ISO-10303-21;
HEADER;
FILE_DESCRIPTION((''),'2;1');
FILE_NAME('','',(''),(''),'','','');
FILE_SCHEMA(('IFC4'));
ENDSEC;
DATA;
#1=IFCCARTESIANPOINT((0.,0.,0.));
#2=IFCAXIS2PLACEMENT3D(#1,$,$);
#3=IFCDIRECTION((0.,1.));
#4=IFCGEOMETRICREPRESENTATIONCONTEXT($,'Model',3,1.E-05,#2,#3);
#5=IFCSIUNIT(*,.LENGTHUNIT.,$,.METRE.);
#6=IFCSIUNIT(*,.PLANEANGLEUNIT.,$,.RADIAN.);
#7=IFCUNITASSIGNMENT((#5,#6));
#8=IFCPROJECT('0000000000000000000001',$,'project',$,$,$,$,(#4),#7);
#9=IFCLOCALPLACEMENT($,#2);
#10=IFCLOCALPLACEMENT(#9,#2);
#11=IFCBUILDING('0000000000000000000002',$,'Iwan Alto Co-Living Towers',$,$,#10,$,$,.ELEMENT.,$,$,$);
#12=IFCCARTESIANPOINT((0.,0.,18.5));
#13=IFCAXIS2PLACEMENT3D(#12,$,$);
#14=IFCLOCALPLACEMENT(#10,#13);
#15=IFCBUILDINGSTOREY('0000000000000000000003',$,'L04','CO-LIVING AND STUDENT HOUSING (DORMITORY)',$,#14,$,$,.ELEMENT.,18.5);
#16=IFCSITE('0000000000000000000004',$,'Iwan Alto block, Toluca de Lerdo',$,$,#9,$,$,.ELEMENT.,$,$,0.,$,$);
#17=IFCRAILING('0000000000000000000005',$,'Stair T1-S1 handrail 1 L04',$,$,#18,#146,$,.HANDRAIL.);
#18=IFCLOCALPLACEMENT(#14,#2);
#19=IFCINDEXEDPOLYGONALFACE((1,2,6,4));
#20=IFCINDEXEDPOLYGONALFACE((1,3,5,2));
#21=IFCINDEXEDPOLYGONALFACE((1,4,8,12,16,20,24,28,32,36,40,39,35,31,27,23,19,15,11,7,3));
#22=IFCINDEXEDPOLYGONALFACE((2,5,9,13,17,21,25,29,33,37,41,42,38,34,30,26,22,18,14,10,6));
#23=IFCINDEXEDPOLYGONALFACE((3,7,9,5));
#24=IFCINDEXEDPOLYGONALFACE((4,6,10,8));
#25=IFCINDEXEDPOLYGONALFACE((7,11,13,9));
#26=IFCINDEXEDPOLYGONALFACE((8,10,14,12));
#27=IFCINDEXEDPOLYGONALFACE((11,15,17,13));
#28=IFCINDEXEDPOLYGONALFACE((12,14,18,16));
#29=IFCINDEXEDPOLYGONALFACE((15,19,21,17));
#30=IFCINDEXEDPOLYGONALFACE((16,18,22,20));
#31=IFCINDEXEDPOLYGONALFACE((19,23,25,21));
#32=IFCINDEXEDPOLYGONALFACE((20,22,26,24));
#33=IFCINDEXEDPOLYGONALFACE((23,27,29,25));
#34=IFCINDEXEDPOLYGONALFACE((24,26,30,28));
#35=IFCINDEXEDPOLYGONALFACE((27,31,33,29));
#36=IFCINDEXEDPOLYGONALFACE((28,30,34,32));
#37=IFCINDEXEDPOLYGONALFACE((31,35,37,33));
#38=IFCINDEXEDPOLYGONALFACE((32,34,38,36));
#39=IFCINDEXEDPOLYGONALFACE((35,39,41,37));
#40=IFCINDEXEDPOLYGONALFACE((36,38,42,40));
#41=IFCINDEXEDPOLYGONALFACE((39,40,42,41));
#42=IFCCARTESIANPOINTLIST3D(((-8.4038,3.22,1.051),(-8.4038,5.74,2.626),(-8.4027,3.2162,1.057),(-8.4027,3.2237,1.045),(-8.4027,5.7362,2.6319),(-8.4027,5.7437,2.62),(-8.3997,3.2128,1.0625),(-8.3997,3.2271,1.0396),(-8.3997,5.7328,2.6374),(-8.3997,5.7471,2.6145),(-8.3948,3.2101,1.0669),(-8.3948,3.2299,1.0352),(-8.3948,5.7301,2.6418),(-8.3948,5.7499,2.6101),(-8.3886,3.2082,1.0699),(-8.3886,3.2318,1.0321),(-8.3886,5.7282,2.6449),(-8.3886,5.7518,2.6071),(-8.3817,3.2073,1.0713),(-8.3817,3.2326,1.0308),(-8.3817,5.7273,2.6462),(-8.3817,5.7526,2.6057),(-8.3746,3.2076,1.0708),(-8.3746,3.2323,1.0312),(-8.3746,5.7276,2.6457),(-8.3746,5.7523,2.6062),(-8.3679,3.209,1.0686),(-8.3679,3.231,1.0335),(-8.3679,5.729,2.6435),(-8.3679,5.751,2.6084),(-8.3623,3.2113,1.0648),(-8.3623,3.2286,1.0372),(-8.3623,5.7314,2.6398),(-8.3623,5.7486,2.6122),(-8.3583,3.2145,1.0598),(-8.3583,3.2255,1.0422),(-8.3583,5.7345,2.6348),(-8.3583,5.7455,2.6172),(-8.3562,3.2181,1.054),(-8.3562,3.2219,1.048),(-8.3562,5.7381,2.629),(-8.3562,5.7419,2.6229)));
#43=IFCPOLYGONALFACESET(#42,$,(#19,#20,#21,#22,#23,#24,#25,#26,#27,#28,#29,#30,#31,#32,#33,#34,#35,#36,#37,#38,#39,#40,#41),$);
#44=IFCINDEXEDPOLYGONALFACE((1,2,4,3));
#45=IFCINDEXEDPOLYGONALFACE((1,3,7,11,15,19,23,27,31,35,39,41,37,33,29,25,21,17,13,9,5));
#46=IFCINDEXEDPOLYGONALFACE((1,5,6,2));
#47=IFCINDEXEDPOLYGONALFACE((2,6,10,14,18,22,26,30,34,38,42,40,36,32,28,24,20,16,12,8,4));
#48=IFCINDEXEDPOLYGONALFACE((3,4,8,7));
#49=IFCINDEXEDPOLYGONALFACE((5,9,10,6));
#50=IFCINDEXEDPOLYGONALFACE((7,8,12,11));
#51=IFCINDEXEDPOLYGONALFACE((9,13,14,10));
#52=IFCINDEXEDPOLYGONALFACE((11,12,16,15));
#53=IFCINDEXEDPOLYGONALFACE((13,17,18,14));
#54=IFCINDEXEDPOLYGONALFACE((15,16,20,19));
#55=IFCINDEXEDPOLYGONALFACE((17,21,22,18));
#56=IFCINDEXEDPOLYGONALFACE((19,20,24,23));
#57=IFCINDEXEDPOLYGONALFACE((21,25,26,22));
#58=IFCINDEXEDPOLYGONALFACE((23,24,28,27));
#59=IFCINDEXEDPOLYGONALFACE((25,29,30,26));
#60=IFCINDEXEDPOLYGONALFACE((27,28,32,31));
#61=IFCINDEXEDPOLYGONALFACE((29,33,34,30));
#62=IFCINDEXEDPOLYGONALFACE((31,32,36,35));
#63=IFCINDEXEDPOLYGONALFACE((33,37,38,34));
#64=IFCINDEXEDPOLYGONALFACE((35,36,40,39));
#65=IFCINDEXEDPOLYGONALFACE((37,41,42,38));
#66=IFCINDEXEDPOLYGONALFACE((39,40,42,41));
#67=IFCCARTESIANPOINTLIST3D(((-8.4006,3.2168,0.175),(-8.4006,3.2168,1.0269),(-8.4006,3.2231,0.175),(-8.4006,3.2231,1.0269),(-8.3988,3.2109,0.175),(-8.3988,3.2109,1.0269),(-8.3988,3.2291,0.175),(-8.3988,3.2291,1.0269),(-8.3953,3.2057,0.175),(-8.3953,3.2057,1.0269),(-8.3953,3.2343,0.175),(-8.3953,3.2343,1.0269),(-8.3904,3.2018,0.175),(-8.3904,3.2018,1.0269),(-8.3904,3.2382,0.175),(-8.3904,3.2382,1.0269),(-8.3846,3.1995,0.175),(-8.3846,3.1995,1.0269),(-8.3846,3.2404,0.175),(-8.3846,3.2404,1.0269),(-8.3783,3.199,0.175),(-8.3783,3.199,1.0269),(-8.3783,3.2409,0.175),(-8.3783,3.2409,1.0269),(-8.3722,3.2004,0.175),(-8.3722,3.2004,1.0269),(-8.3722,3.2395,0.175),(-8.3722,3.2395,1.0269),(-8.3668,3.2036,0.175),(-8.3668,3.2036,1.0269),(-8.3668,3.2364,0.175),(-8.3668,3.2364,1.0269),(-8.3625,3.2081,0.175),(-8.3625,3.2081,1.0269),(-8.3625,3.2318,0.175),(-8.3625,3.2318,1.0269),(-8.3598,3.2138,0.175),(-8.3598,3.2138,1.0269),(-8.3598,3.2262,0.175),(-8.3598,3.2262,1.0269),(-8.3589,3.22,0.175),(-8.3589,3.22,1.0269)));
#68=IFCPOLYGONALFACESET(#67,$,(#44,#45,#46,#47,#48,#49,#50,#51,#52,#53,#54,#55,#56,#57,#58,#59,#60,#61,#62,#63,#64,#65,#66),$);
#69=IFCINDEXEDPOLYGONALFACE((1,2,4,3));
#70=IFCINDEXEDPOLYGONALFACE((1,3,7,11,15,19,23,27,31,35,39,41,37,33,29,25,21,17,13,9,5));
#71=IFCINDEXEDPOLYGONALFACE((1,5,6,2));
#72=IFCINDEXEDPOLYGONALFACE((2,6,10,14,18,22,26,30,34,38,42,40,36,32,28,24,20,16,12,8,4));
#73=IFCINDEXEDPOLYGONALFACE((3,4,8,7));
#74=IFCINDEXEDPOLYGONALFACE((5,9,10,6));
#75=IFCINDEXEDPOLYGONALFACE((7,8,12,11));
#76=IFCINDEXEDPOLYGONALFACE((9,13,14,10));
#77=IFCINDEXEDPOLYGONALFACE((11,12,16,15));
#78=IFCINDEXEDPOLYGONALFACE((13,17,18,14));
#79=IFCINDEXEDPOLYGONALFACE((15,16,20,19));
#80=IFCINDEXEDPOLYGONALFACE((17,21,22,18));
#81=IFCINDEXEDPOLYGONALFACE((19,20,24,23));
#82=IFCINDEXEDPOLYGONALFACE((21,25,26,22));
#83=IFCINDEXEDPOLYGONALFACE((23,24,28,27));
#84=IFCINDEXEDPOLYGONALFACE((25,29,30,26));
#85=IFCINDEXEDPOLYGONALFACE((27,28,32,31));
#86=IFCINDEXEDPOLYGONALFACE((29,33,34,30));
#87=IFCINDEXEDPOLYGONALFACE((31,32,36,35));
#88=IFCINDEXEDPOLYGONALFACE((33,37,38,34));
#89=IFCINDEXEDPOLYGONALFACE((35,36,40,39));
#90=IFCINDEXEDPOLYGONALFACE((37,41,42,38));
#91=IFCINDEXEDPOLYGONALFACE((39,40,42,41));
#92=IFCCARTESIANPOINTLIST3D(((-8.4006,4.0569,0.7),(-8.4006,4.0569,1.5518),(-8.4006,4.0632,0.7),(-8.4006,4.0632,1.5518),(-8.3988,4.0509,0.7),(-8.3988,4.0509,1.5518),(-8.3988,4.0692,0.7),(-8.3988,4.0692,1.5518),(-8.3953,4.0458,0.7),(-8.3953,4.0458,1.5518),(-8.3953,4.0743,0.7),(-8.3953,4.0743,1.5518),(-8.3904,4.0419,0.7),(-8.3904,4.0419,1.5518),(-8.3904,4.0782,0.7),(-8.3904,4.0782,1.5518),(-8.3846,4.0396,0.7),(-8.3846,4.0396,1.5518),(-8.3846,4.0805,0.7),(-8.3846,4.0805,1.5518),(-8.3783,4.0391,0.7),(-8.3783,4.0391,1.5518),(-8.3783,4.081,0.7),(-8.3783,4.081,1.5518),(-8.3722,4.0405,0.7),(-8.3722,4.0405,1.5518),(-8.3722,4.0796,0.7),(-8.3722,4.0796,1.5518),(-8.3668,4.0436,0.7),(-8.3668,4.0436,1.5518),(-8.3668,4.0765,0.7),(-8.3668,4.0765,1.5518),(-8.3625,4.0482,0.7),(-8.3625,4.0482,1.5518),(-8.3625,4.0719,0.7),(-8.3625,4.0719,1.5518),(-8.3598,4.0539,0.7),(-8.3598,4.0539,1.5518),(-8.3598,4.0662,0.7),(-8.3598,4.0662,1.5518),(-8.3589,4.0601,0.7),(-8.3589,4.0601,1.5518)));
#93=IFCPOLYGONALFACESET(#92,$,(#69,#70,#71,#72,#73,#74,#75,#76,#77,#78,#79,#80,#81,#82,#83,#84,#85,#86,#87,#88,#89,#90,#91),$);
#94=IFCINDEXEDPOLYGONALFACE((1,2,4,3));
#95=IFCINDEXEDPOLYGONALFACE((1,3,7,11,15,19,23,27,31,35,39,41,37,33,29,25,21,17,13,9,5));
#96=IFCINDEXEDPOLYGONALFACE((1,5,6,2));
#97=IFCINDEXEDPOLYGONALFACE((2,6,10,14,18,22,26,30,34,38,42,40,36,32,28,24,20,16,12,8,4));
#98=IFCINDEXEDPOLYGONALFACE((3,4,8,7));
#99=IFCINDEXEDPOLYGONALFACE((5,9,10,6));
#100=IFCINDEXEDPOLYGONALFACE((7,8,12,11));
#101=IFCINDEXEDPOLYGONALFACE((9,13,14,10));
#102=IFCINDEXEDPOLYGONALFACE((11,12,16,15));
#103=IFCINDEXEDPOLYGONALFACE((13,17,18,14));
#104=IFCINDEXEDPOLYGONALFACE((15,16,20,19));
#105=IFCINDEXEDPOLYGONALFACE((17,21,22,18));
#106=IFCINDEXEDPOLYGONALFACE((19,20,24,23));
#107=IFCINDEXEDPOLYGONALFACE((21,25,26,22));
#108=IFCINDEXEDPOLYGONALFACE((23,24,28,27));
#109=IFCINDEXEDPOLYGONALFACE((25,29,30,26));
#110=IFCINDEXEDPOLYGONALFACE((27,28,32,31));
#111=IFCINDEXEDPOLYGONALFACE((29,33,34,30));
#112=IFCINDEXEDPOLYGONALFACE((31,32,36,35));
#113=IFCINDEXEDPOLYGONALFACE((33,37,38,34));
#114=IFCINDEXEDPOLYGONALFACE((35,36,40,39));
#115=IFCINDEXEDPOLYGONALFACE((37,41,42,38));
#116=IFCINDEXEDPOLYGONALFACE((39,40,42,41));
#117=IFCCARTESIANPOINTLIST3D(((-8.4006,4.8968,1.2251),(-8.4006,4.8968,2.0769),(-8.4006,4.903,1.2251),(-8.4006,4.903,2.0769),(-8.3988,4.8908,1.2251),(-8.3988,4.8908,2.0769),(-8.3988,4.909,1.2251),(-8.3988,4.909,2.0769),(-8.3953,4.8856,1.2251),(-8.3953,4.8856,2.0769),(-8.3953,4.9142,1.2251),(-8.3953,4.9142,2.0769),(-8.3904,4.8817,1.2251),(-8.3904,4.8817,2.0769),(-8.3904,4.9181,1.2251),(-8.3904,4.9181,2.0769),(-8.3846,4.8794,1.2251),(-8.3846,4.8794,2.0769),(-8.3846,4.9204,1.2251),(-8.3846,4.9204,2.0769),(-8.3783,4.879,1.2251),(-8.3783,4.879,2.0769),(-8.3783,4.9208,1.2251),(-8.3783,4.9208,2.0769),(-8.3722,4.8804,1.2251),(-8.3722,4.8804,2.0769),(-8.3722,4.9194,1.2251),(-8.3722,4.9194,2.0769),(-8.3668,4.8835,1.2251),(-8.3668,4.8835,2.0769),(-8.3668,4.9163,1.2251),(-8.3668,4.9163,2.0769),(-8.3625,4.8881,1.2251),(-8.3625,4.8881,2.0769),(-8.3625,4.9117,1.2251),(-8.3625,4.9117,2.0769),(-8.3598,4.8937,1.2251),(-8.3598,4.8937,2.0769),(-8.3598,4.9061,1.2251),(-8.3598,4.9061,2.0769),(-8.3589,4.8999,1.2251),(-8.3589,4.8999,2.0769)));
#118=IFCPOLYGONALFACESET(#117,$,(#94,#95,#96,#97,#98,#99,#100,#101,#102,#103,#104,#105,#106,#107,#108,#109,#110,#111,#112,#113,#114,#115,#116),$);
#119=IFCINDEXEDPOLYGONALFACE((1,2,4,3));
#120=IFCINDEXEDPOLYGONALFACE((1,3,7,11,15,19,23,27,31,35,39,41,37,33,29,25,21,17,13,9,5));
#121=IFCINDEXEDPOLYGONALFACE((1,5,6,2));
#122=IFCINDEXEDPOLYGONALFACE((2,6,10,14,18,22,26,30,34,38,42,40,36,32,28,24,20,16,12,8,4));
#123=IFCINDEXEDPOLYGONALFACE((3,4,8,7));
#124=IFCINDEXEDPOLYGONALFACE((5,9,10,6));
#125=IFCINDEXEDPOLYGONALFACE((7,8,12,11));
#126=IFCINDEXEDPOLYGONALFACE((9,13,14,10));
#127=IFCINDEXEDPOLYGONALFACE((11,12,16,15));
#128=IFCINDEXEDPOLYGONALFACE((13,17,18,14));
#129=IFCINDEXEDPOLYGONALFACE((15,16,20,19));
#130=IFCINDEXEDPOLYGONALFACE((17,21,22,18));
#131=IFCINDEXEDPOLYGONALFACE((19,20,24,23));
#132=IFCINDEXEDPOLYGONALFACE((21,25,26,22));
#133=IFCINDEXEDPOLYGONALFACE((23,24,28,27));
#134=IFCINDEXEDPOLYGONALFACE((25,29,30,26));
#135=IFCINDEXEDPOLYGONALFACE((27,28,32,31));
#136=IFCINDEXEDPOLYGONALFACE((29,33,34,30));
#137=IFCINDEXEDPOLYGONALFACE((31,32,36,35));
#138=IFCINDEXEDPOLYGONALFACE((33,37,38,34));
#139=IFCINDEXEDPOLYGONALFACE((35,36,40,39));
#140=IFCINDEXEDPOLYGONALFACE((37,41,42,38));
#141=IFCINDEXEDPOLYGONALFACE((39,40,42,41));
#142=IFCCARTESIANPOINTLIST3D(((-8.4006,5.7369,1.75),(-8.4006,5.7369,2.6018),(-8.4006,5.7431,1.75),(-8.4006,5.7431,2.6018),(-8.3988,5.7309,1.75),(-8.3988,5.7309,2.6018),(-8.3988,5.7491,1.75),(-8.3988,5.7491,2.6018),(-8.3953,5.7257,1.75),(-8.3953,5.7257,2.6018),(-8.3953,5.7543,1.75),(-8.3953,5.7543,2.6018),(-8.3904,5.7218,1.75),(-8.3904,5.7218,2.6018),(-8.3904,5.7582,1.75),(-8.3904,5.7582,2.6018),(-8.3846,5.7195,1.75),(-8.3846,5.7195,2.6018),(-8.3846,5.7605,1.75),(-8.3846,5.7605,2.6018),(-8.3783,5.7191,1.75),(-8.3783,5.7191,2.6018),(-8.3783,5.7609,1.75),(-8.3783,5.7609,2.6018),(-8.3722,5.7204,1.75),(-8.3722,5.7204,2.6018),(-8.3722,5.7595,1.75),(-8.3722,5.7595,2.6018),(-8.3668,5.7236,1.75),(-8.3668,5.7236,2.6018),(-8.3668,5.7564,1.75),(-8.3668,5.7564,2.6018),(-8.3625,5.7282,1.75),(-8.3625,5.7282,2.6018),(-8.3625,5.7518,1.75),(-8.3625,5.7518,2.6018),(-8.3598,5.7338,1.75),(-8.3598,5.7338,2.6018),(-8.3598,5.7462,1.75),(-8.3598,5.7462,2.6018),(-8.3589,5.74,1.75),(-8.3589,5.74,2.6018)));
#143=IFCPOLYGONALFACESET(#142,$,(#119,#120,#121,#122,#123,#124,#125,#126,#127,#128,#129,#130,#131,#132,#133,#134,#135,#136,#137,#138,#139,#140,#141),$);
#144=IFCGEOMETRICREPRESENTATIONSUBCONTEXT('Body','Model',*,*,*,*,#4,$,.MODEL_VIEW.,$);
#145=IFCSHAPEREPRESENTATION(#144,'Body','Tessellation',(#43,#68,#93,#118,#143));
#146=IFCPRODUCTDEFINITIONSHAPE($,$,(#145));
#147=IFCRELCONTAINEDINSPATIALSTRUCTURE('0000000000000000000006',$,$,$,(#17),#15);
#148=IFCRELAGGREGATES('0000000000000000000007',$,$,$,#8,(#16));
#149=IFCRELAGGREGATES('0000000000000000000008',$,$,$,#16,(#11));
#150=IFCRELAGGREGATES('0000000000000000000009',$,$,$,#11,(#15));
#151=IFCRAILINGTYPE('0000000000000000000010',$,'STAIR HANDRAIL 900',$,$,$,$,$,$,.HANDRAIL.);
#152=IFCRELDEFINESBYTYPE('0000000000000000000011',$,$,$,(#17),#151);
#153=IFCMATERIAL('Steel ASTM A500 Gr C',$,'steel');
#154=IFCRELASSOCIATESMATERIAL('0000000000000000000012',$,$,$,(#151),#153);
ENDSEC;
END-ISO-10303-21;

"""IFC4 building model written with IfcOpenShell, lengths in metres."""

from ifc_helpers import new_model, si_unit, direction, frame, origin, origin_2d, place, context, subcontext, project, spatial, circle, extrude, material, type_object, element, save


model = new_model("IFC4")

# Units and contexts
model_context = context("Model", 3, precision=1e-05, world=origin(), true_north=direction((0.0, 1.0)))
body_context = subcontext(model_context, "Body", "Model", "MODEL_VIEW")
ifc_project = project(units=[si_unit("LENGTHUNIT", "METRE"), si_unit("PLANEANGLEUNIT", "RADIAN")], contexts=[model_context])

# Site, building, storey
site_placement = place(None, origin())
site = spatial("IfcSite", under=ifc_project, at=site_placement, Name="Iwan Alto block, Toluca de Lerdo", CompositionType="ELEMENT", RefElevation=0.0)
building_placement = place(site_placement, origin())
building = spatial("IfcBuilding", under=site, at=building_placement, Name="Iwan Alto Co-Living Towers", CompositionType="ELEMENT")
storey_placement = place(building_placement, frame((0.0, 0.0, 18.5)))
storey = spatial("IfcBuildingStorey", under=building, at=storey_placement, Name="L04", Description="CO-LIVING AND STUDENT HOUSING (DORMITORY)", CompositionType="ELEMENT", Elevation=18.5)

# Railing
ifc_material_1 = material(Name="Steel ASTM A500 Gr C", Category="steel")
railing_type_1 = type_object("IfcRailingType", Name="STAIR HANDRAIL 900", PredefinedType="HANDRAIL", material=ifc_material_1)
railing_1_placement = place(storey_placement, frame((-8.3799, 3.22, 0.175)))
element("IfcRailing", 1, at=railing_1_placement, inside=storey, type_object=railing_type_1, Name="Stair T1-S1 handrail 1 L04", PredefinedType="HANDRAIL", context=body_context, shape_type="SweptSolid", body=[
    extrude(circle(Radius=0.0239, at=origin_2d()), frame((0.0, 0.0, 0.876), z_axis=(0.0, 0.848008, 0.529984), x_axis=(-1.0, 0.0, 0.0)), (0.0, 0.0, 1.0), 2.9717),
    extrude(circle(Radius=0.021, at=origin_2d()), origin(), (0.0, 0.0, 1.0), 0.8518),
    extrude(circle(Radius=0.021, at=origin_2d()), frame((0.0, 0.8401, 0.5249)), (0.0, 0.0, 1.0), 0.8518),
    extrude(circle(Radius=0.021, at=origin_2d()), frame((0.0, 1.6799, 1.05)), (0.0, 0.0, 1.0), 0.8518),
    extrude(circle(Radius=0.021, at=origin_2d()), frame((0.0, 2.52, 1.575)), (0.0, 0.0, 1.0), 0.8518),
])

save(model, "model.ifc")
